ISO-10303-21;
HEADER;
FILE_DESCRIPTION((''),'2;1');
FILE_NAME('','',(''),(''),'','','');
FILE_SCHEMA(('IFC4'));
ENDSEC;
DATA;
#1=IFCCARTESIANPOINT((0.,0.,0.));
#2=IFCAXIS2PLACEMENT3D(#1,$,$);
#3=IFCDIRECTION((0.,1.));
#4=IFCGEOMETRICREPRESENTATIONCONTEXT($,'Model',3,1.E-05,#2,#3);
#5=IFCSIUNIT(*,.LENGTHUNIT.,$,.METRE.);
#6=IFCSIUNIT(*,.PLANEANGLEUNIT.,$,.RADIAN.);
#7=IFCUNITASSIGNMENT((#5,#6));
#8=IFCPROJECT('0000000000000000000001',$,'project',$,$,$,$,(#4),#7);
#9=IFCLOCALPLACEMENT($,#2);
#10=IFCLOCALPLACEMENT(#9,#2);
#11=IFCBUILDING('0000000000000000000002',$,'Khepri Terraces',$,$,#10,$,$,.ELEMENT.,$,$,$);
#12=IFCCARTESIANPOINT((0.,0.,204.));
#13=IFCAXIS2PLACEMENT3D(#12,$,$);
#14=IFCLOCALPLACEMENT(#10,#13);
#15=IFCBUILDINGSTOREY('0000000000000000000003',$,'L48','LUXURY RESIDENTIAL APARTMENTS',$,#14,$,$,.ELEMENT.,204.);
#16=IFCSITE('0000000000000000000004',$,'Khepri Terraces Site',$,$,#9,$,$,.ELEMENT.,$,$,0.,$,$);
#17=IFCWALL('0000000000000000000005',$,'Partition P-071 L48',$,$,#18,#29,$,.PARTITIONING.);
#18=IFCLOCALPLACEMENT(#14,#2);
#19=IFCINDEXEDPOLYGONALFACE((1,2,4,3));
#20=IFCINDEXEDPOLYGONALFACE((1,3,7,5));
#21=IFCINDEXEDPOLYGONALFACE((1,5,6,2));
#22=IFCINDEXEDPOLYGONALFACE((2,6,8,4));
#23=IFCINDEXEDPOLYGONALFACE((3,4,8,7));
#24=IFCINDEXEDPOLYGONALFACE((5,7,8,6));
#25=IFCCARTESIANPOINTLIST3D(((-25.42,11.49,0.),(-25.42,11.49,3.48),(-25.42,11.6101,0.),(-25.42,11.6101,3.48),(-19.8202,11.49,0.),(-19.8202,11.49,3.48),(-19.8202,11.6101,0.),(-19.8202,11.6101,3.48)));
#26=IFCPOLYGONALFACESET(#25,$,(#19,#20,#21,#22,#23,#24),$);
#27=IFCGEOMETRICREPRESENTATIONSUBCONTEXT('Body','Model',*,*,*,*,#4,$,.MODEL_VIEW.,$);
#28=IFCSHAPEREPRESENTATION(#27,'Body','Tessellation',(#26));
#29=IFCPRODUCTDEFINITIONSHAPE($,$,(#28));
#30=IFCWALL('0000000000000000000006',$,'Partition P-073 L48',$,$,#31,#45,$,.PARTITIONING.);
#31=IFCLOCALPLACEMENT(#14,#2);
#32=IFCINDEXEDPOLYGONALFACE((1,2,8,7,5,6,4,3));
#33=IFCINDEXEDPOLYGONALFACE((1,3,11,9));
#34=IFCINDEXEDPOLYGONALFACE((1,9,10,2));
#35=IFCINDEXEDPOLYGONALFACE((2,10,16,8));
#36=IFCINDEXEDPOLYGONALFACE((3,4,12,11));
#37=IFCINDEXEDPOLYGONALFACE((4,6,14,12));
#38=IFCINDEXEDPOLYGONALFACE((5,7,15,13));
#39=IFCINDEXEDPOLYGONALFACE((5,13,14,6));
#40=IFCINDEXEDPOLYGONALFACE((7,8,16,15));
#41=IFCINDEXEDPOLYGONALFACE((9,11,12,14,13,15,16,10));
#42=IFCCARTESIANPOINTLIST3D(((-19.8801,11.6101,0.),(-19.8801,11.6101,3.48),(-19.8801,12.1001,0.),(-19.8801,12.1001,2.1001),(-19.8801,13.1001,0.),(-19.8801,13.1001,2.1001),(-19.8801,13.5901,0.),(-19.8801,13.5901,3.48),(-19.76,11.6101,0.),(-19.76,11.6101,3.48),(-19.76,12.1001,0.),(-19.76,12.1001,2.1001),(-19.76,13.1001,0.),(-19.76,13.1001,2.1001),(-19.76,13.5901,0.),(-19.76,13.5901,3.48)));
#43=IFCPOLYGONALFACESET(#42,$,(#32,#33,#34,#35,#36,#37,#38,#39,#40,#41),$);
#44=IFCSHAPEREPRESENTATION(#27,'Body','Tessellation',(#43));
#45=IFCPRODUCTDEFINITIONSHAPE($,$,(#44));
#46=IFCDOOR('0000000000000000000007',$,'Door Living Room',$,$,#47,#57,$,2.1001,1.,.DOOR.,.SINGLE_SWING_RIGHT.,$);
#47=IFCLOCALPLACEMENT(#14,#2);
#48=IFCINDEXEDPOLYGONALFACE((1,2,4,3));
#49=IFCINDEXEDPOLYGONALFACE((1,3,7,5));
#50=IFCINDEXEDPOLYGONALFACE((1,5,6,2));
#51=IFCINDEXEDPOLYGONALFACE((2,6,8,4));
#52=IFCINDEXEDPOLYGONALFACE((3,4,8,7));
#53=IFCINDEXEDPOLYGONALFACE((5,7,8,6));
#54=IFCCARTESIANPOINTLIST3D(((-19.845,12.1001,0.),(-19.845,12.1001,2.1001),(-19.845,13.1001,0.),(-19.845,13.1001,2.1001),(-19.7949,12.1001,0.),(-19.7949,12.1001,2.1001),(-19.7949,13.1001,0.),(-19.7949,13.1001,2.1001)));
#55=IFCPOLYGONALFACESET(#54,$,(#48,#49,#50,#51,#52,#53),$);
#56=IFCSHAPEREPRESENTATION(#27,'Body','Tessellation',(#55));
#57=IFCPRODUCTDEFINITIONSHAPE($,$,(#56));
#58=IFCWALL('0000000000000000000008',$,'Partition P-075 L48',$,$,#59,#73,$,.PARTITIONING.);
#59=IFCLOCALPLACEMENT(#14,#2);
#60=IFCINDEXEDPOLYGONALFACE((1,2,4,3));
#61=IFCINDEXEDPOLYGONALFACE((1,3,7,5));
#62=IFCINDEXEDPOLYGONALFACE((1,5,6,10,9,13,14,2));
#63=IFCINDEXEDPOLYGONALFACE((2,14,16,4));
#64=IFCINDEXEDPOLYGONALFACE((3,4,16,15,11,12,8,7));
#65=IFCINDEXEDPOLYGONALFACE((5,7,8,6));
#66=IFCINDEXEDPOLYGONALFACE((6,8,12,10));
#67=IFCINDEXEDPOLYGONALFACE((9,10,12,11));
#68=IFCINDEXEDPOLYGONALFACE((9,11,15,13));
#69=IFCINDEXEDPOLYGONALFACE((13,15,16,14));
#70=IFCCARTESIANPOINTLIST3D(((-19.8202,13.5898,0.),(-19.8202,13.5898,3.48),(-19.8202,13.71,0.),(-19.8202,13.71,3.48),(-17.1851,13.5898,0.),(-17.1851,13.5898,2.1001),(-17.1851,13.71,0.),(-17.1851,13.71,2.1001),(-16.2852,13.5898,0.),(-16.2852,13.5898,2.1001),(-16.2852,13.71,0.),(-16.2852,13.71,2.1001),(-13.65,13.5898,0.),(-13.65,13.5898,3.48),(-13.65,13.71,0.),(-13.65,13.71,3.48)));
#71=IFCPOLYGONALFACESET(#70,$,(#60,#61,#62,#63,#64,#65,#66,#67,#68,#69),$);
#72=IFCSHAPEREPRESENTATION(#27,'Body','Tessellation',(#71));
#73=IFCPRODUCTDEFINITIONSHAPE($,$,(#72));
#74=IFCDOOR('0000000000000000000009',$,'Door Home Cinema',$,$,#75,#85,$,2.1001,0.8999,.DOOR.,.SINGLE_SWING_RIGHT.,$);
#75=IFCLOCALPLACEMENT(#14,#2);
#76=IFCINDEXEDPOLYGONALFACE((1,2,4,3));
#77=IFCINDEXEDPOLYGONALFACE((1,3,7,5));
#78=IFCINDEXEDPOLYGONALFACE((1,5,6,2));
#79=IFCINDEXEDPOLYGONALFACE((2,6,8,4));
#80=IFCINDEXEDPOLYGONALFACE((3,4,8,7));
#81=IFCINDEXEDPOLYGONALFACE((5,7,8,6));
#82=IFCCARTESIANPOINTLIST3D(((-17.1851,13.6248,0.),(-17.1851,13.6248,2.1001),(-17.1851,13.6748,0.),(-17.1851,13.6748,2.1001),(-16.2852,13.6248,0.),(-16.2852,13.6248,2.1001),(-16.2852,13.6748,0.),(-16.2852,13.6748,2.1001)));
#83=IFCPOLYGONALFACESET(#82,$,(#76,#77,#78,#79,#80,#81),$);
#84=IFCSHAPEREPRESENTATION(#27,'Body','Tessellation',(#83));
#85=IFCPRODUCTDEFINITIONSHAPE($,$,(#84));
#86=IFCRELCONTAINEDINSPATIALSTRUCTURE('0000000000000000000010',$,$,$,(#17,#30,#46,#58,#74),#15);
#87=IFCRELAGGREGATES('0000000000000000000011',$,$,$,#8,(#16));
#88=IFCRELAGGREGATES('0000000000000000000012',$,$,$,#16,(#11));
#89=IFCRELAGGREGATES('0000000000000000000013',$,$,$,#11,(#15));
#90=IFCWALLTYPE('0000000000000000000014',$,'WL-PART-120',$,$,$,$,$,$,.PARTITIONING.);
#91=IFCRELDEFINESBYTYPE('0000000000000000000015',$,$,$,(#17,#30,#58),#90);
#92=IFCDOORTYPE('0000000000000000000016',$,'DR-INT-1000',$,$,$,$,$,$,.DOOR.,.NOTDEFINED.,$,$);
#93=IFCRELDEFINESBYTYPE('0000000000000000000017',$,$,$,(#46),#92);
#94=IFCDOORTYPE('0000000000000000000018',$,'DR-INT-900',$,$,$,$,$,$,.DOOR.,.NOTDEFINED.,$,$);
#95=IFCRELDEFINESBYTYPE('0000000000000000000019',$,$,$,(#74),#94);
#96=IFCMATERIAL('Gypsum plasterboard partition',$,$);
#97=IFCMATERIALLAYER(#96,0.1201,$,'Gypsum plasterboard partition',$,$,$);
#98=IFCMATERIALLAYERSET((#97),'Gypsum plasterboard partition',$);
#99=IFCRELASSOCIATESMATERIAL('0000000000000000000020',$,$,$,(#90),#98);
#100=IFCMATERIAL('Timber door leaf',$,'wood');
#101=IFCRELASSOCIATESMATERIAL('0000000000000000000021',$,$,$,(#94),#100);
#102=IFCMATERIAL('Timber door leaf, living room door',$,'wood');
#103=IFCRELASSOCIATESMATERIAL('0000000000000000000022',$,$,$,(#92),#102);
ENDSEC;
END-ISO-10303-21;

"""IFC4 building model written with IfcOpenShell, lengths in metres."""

from ifc_helpers import new_model, si_unit, direction, frame, frame_2d, origin, place, context, subcontext, project, spatial, rectangle, extrude, material, layer, layer_set, type_object, element, fill, save


model = new_model("IFC4")

# Units and contexts
model_context = context("Model", 3, precision=1e-05, world=origin(), true_north=direction((0.0, 1.0)))
body_context = subcontext(model_context, "Body", "Model", "MODEL_VIEW")
ifc_project = project(units=[si_unit("LENGTHUNIT", "METRE"), si_unit("PLANEANGLEUNIT", "RADIAN")], contexts=[model_context])

# Site, building, storey
site_placement = place(None, origin())
site = spatial("IfcSite", under=ifc_project, at=site_placement, Name="Khepri Terraces Site", CompositionType="ELEMENT", RefElevation=0.0)
building_placement = place(site_placement, origin())
building = spatial("IfcBuilding", under=site, at=building_placement, Name="Khepri Terraces", CompositionType="ELEMENT")
storey_placement = place(building_placement, frame((0.0, 0.0, 204.0)))
storey = spatial("IfcBuildingStorey", under=building, at=storey_placement, Name="L48", Description="LUXURY RESIDENTIAL APARTMENTS", CompositionType="ELEMENT", Elevation=204.0)

# Shared definitions
ifc_material_1 = material(Name="Gypsum plasterboard partition")
ifc_layer_1 = layer(ifc_material_1, 0.1201, Name="Gypsum plasterboard partition")
ifc_layer_set_1 = layer_set([ifc_layer_1], Name="Gypsum plasterboard partition")
wall_type_1 = type_object("IfcWallType", Name="WL-PART-120", PredefinedType="PARTITIONING", material=ifc_layer_set_1)

# Shared definitions
ifc_material_2 = material(Name="Timber door leaf", Category="wood")
door_type_1 = type_object("IfcDoorType", Name="DR-INT-900", OperationType="NOTDEFINED", PredefinedType="DOOR", material=ifc_material_2)

# Wall
wall_1_placement = place(storey_placement, frame((-25.4199, 11.55, 0.0), z_axis=(0.0, 0.0, 1.0), x_axis=(1.0, 0.0, 0.0)))
element("IfcWall", 1, at=wall_1_placement, inside=storey, type_object=wall_type_1, Name="Partition P-071 L48", PredefinedType="PARTITIONING", context=body_context, shape_type="SweptSolid", body=[
    extrude(rectangle(XDim=5.5999, YDim=0.1201, at=frame_2d((2.7998, 0.0))), origin(), (0.0, 0.0, 1.0), 3.48),
])

# Walls, openings, doors
wall_2_placement = place(storey_placement, frame((-19.8201, 11.6101, 0.0), z_axis=(0.0, 0.0, 1.0), x_axis=(0.0, 1.0, 0.0)))
wall_2 = element("IfcWall", 2, at=wall_2_placement, inside=storey, type_object=wall_type_1, Name="Partition P-073 L48", PredefinedType="PARTITIONING", context=body_context, shape_type="SweptSolid", body=[
    extrude(rectangle(XDim=1.98, YDim=0.1201, at=frame_2d((0.99, 0.0))), origin(), (0.0, 0.0, 1.0), 3.48),
])
opening_1_placement = place(wall_2_placement, frame((0.49, 0.0, 0.0)))
opening_1 = element("IfcOpeningElement", 3, at=opening_1_placement, cuts=wall_2, PredefinedType="OPENING", context=body_context, shape_type="SweptSolid", body=[
    extrude(rectangle(XDim=1.0, YDim=2.1001, at=frame_2d((0.5, 1.05))), frame((0.0, 0.0701, 0.0), z_axis=(0.0, -1.0, 0.0), x_axis=(1.0, 0.0, 0.0)), (0.0, 0.0, 1.0), 0.1401),
])
ifc_material_3 = material(Name="Timber door leaf, living room door", Category="wood")
door_type_2 = type_object("IfcDoorType", Name="DR-INT-1000", OperationType="NOTDEFINED", PredefinedType="DOOR", material=ifc_material_3)
door_1_placement = place(opening_1_placement, origin())
door_1 = element("IfcDoor", 4, at=door_1_placement, inside=storey, type_object=door_type_2, Name="Door Living Room", OperationType="SINGLE_SWING_RIGHT", OverallHeight=2.1001, OverallWidth=1.0, PredefinedType="DOOR", context=body_context, shape_type="SweptSolid", body=[
    extrude(rectangle(XDim=1.0, YDim=2.1001, at=frame_2d((0.5, 1.05))), frame((0.0, 0.0249, 0.0), z_axis=(0.0, -1.0, 0.0), x_axis=(1.0, 0.0, 0.0)), (0.0, 0.0, 1.0), 0.05),
])
fill(opening_1, door_1)
wall_3_placement = place(storey_placement, frame((-19.8201, 13.6499, 0.0), z_axis=(0.0, 0.0, 1.0), x_axis=(1.0, 0.0, 0.0)))
wall_3 = element("IfcWall", 5, at=wall_3_placement, inside=storey, type_object=wall_type_1, Name="Partition P-075 L48", PredefinedType="PARTITIONING", context=body_context, shape_type="SweptSolid", body=[
    extrude(rectangle(XDim=6.1702, YDim=0.1201, at=frame_2d((3.085, 0.0))), origin(), (0.0, 0.0, 1.0), 3.48),
])
opening_2_placement = place(wall_3_placement, frame((2.635, 0.0, 0.0)))
opening_2 = element("IfcOpeningElement", 6, at=opening_2_placement, cuts=wall_3, PredefinedType="OPENING", context=body_context, shape_type="SweptSolid", body=[
    extrude(rectangle(XDim=0.8999, YDim=2.1001, at=frame_2d((0.45, 1.05))), frame((0.0, 0.0701, 0.0), z_axis=(0.0, -1.0, 0.0), x_axis=(1.0, 0.0, 0.0)), (0.0, 0.0, 1.0), 0.1401),
])
door_2_placement = place(opening_2_placement, origin())
door_2 = element("IfcDoor", 7, at=door_2_placement, inside=storey, type_object=door_type_1, Name="Door Home Cinema", OperationType="SINGLE_SWING_RIGHT", OverallHeight=2.1001, OverallWidth=0.8999, PredefinedType="DOOR", context=body_context, shape_type="SweptSolid", body=[
    extrude(rectangle(XDim=0.8999, YDim=2.1001, at=frame_2d((0.45, 1.05))), frame((0.0, 0.0249, 0.0), z_axis=(0.0, -1.0, 0.0), x_axis=(1.0, 0.0, 0.0)), (0.0, 0.0, 1.0), 0.05),
])
fill(opening_2, door_2)

save(model, "model.ifc")
